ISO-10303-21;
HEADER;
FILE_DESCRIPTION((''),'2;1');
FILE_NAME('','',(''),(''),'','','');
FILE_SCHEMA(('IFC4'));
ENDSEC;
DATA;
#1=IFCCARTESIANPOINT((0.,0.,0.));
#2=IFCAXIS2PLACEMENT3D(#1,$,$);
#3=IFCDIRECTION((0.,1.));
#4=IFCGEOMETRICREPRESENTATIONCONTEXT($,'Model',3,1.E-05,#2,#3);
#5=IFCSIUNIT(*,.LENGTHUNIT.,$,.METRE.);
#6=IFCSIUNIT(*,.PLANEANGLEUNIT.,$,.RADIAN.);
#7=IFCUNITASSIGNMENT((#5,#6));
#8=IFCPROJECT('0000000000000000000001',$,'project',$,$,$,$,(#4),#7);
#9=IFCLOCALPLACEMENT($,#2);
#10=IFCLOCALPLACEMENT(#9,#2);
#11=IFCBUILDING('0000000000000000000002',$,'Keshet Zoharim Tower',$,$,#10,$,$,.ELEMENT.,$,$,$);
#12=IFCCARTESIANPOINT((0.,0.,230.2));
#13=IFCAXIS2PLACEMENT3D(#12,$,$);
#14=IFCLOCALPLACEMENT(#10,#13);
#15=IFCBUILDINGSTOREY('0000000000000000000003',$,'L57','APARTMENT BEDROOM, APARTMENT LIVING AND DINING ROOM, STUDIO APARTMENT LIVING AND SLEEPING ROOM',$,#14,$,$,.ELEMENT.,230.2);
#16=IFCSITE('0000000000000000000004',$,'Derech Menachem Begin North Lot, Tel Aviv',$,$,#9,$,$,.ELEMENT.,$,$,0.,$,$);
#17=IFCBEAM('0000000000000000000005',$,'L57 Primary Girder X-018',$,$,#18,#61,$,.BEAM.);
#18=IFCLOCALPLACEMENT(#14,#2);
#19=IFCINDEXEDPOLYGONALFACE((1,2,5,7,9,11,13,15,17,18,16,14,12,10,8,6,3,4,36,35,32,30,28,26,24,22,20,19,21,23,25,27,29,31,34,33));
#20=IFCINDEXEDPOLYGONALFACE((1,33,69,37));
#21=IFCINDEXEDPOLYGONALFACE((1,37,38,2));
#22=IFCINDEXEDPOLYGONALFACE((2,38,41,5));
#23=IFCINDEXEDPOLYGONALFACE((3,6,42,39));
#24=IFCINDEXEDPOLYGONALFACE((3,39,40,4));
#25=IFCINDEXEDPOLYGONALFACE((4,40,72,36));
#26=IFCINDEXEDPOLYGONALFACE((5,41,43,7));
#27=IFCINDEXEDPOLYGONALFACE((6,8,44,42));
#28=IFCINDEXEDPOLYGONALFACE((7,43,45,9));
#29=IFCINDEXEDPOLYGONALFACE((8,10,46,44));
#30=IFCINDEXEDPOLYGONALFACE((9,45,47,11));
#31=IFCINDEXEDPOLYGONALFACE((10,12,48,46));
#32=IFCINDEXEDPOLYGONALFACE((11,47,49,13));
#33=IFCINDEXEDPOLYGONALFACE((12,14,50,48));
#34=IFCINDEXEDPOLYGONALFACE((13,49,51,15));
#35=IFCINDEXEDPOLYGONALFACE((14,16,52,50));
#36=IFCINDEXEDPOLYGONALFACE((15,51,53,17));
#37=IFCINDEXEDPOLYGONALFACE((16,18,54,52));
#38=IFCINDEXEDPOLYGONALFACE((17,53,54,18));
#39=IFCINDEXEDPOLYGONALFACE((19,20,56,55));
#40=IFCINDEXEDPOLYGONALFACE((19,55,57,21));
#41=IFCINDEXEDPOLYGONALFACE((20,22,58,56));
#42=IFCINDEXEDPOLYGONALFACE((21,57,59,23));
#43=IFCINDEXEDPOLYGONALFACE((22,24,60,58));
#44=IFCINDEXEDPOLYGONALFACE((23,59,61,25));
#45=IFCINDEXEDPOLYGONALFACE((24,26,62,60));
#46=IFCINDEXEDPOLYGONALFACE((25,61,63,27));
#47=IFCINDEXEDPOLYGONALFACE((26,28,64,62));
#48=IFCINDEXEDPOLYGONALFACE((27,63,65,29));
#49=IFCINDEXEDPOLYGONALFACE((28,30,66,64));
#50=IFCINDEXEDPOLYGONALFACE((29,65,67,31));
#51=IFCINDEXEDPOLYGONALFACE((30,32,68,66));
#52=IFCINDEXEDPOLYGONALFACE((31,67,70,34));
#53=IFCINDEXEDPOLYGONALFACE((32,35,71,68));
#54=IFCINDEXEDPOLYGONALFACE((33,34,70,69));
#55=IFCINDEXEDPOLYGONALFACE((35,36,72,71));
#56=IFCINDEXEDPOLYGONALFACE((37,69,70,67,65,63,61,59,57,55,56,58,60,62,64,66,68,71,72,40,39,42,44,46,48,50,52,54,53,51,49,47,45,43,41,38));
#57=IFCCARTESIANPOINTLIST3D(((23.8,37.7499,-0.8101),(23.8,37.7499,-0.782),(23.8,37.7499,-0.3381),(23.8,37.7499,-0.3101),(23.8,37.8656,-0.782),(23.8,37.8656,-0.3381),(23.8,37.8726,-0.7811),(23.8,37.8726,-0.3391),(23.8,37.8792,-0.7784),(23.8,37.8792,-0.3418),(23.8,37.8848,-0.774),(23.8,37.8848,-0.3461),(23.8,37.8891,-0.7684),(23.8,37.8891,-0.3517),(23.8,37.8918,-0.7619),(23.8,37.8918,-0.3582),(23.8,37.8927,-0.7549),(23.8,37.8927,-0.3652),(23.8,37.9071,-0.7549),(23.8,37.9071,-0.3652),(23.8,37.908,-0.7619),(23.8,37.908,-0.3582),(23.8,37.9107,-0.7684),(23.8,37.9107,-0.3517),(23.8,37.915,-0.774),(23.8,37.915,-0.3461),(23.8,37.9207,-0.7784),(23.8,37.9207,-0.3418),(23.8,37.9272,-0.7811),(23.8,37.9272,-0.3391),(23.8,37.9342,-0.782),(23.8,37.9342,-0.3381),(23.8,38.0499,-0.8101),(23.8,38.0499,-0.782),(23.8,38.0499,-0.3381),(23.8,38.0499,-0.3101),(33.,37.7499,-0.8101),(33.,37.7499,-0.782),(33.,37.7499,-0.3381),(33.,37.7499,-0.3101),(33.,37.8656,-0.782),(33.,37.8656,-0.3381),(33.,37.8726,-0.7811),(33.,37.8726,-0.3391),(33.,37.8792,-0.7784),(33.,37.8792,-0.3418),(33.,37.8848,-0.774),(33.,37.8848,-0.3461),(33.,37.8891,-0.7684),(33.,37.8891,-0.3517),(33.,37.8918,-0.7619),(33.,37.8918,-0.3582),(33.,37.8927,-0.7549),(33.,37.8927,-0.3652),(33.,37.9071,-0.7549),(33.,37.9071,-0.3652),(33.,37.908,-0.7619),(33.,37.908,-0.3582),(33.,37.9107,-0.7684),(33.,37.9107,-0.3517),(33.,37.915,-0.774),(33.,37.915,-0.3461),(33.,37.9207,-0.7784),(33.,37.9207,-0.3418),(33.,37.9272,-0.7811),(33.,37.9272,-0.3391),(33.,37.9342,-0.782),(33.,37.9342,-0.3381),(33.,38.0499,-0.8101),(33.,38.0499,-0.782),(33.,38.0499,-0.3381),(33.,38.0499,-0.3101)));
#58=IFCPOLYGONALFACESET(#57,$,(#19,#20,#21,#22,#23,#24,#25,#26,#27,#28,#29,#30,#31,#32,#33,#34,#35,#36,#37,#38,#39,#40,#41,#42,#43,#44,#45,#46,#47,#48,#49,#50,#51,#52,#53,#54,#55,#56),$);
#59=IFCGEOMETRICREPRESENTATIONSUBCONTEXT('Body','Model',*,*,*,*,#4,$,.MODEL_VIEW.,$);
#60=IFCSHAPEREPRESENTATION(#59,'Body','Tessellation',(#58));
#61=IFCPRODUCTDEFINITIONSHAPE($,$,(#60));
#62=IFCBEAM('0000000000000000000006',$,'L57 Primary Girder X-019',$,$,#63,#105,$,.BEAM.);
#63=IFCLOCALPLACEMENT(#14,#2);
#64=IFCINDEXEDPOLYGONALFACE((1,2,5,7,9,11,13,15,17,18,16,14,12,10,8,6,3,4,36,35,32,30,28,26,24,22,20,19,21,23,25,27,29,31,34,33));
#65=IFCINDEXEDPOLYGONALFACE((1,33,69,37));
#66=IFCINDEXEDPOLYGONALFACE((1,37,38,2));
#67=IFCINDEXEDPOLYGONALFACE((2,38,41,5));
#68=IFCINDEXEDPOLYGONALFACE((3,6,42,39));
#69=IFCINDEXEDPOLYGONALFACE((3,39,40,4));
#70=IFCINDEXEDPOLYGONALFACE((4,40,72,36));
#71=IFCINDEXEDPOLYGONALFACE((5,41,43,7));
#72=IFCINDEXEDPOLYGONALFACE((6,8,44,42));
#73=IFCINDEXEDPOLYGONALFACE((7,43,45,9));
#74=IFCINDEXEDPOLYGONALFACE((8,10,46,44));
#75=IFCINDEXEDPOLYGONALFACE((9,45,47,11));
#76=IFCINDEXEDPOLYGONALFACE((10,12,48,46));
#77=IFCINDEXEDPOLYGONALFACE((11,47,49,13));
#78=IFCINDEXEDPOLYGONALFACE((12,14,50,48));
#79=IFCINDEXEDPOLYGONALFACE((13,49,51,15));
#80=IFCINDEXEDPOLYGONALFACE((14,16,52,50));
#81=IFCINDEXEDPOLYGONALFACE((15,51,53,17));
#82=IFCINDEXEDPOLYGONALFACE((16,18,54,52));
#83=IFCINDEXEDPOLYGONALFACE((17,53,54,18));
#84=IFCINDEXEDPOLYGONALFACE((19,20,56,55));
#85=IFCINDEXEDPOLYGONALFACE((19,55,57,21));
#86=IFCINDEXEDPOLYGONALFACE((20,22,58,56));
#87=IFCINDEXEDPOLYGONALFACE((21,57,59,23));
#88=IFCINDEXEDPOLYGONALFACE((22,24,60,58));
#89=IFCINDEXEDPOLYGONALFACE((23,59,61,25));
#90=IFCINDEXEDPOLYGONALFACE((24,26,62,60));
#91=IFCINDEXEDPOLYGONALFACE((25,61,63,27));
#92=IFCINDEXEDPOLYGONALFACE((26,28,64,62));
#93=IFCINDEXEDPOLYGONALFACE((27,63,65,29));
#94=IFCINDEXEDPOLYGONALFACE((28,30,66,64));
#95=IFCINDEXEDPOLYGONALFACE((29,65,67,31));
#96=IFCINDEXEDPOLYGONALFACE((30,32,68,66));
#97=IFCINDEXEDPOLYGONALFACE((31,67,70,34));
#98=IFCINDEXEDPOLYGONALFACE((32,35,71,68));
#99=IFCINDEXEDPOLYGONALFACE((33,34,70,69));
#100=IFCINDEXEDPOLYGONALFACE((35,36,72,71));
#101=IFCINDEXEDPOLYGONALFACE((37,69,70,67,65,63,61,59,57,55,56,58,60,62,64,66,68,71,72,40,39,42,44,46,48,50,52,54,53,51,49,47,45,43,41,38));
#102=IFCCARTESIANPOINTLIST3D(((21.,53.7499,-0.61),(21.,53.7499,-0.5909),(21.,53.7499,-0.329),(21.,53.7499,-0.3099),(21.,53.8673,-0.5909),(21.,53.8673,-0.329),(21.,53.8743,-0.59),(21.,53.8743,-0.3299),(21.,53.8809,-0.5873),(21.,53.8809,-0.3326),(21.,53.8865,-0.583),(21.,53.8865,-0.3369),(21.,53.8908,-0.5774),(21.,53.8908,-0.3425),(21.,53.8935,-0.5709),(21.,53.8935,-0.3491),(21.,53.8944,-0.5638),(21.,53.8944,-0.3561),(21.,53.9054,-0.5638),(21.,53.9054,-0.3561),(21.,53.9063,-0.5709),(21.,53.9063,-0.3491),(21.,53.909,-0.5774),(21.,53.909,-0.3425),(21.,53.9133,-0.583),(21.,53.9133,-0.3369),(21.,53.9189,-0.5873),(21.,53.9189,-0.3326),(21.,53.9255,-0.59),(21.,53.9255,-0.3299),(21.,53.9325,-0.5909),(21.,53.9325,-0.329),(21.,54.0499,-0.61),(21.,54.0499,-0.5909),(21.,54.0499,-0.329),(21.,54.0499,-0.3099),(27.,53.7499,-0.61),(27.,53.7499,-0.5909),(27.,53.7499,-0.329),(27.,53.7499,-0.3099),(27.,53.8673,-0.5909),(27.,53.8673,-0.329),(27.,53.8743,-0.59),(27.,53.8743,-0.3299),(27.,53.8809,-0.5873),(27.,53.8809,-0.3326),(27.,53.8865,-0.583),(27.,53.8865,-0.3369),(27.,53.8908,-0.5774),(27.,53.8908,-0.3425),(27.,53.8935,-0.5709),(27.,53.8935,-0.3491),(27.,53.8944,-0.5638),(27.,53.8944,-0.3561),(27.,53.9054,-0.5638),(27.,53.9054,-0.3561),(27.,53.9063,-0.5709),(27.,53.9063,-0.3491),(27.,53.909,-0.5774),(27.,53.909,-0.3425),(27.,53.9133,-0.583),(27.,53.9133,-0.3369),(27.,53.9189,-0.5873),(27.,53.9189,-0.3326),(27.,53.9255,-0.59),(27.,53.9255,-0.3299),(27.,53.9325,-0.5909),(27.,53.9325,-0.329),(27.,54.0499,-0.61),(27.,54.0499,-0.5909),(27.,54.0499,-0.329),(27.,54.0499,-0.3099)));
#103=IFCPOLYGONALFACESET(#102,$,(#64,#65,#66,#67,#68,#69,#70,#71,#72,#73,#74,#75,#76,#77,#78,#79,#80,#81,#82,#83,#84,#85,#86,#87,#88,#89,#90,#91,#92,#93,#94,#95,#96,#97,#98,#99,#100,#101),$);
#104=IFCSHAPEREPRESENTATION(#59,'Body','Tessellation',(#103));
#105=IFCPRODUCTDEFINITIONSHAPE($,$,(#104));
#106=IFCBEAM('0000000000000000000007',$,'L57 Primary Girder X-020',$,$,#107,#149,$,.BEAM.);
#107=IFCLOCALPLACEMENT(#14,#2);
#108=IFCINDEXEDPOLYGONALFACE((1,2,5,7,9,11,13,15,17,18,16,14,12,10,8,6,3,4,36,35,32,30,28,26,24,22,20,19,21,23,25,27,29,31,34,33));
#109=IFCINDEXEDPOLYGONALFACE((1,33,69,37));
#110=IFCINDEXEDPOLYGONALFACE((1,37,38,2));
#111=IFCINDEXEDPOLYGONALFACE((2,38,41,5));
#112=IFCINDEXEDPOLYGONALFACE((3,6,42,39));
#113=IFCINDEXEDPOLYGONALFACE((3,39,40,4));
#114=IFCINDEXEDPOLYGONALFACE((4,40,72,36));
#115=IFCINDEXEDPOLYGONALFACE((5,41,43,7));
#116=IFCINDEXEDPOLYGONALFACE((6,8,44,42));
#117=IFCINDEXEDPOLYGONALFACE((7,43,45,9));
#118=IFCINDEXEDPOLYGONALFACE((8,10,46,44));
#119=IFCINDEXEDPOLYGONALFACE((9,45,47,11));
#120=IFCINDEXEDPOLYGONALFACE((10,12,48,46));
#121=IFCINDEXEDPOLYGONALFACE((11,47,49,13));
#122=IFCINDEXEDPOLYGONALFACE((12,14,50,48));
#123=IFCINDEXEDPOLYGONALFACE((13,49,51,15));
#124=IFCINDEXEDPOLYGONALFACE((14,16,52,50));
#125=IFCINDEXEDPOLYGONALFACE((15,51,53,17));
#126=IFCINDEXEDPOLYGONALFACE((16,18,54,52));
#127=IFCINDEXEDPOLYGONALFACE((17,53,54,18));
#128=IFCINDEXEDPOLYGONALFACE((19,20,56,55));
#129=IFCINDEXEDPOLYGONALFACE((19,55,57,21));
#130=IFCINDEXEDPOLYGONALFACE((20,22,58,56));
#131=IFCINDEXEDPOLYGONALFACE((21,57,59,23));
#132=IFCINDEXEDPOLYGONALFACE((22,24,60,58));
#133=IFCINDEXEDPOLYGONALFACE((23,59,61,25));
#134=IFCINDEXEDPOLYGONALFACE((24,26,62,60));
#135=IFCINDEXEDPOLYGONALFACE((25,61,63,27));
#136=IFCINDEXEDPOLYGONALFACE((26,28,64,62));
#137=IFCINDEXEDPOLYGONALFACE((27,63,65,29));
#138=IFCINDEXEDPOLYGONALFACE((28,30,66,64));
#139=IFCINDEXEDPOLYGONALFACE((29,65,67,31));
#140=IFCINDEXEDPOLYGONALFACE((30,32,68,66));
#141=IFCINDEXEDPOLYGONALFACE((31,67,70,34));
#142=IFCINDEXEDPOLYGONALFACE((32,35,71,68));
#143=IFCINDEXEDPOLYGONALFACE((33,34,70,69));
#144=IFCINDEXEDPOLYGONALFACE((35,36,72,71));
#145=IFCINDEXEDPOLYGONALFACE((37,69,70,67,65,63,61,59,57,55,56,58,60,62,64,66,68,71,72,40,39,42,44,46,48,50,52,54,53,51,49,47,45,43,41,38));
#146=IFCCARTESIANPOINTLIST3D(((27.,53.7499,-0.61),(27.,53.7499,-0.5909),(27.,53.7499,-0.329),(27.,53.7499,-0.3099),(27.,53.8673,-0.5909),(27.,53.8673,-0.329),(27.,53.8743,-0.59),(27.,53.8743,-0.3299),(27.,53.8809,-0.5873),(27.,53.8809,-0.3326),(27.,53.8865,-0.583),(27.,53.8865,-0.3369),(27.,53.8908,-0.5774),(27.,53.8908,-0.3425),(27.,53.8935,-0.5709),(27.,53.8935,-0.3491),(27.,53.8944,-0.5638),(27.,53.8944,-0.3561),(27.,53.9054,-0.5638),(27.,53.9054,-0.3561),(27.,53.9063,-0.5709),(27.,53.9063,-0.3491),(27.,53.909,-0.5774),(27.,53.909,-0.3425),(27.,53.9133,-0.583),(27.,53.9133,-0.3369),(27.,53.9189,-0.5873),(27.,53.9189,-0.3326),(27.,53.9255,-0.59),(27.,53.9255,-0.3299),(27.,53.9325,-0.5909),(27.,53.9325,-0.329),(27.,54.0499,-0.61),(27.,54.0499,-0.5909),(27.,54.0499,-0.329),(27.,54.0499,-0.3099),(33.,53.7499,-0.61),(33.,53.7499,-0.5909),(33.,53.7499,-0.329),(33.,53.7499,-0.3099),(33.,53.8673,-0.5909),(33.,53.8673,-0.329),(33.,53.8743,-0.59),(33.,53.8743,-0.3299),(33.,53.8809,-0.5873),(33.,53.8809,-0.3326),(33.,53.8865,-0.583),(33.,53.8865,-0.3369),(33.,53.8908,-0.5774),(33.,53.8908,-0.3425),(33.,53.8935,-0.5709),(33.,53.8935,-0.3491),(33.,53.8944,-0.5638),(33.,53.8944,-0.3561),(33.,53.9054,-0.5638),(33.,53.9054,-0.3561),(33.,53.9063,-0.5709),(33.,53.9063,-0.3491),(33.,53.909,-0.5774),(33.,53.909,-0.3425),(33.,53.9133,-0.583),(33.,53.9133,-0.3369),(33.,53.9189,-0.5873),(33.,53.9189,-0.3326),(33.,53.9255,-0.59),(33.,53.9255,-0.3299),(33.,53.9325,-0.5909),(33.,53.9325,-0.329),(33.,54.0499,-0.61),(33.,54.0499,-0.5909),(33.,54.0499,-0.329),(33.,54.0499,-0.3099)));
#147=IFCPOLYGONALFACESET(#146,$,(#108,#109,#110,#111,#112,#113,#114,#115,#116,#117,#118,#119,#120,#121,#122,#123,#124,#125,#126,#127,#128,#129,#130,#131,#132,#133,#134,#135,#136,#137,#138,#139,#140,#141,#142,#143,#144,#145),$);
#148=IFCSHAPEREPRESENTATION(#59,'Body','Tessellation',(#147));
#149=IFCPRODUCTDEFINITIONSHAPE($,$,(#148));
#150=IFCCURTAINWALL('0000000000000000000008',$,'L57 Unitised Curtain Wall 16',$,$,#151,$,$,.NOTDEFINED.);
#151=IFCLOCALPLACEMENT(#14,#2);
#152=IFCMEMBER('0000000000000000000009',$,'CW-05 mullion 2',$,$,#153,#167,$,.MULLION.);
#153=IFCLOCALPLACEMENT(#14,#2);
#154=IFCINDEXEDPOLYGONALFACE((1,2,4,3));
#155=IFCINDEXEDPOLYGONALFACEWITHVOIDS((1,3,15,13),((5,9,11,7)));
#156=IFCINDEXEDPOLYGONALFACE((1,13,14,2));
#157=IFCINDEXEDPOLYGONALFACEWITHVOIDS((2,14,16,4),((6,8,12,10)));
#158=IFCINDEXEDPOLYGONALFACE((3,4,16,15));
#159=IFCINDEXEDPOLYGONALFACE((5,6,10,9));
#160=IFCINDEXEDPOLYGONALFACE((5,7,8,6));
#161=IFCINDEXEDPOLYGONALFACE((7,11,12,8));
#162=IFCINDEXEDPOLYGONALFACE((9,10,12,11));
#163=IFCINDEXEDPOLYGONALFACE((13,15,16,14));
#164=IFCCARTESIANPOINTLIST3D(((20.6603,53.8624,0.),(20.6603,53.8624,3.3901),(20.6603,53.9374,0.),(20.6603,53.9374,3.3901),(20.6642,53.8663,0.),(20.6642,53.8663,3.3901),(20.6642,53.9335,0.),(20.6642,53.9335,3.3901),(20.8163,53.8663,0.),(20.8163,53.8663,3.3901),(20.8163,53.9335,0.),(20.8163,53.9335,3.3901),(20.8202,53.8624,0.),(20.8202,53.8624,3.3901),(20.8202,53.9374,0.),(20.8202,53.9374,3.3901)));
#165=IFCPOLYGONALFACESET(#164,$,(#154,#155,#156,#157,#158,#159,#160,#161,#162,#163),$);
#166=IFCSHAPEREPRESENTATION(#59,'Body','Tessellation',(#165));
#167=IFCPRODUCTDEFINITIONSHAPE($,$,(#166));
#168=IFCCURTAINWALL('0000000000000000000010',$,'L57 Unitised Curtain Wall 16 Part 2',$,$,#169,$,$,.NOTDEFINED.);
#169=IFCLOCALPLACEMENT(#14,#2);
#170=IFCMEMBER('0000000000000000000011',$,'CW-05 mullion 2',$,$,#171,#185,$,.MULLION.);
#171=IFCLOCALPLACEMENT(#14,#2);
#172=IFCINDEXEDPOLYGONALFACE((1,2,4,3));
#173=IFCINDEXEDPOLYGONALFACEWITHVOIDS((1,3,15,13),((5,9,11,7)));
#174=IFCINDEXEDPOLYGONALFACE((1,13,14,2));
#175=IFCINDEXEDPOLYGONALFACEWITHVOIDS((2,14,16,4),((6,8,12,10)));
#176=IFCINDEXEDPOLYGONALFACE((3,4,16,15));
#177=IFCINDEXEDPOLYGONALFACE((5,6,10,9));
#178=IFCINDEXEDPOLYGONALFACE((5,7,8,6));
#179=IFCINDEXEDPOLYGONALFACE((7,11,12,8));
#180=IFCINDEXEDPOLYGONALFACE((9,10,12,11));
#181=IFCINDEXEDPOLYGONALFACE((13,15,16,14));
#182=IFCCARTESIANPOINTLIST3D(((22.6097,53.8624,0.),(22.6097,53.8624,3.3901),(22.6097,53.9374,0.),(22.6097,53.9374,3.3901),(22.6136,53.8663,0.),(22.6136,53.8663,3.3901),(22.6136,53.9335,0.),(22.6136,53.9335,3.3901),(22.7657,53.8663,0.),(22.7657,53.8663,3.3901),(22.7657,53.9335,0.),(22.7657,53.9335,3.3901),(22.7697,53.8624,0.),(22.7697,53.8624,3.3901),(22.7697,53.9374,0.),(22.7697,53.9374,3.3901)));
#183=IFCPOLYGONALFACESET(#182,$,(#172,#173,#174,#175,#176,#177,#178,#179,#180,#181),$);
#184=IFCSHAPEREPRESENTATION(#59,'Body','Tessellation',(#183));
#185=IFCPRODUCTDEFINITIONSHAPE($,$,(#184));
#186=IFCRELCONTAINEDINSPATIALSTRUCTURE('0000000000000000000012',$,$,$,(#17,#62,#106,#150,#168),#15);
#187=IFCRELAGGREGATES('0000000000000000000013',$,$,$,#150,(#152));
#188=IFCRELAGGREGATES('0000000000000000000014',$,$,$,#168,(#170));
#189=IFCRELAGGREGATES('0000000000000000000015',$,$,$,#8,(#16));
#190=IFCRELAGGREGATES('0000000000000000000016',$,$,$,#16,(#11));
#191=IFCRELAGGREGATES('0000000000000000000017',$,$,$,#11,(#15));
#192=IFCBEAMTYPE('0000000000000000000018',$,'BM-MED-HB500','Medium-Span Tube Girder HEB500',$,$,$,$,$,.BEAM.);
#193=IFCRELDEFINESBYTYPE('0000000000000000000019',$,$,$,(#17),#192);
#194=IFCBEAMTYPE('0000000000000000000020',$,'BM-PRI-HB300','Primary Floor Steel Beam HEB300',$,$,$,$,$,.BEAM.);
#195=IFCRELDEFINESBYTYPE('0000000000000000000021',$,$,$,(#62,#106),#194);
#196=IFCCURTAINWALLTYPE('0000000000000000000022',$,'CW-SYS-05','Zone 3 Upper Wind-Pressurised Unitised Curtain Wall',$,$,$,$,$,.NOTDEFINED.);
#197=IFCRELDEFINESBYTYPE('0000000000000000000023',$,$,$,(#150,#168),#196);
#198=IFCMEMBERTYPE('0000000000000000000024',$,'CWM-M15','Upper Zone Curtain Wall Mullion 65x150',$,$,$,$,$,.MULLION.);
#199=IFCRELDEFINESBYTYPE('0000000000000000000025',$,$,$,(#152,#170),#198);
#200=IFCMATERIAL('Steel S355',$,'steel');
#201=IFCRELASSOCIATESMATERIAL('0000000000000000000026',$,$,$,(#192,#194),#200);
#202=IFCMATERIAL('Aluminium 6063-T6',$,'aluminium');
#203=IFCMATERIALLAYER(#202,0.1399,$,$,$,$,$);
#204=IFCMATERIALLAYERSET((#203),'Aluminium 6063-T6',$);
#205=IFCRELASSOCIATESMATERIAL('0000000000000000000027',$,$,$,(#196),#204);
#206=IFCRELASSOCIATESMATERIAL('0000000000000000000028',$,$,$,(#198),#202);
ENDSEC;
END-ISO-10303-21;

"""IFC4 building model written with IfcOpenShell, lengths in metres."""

from ifc_helpers import new_model, si_unit, direction, frame, origin, origin_2d, place, context, subcontext, project, spatial, hollow_rectangle, i_section, extrude, material, layer, layer_set, material_profile, profile_set, type_object, element, aggregate, save


model = new_model("IFC4")

# Units and contexts
model_context = context("Model", 3, precision=1e-05, world=origin(), true_north=direction((0.0, 1.0)))
body_context = subcontext(model_context, "Body", "Model", "MODEL_VIEW")
ifc_project = project(units=[si_unit("LENGTHUNIT", "METRE"), si_unit("PLANEANGLEUNIT", "RADIAN")], contexts=[model_context])

# Site, building, storey
site_placement = place(None, origin())
site = spatial("IfcSite", under=ifc_project, at=site_placement, Name="Derech Menachem Begin North Lot, Tel Aviv", CompositionType="ELEMENT", RefElevation=0.0)
building_placement = place(site_placement, origin())
building = spatial("IfcBuilding", under=site, at=building_placement, Name="Keshet Zoharim Tower", CompositionType="ELEMENT")
storey_placement = place(building_placement, frame((0.0, 0.0, 230.2)))
storey = spatial("IfcBuildingStorey", under=building, at=storey_placement, Name="L57", Description="APARTMENT BEDROOM, APARTMENT LIVING AND DINING ROOM, STUDIO APARTMENT LIVING AND SLEEPING ROOM", CompositionType="ELEMENT", Elevation=230.2)

# Shared definitions
ifc_material_1 = material(Name="Steel S355", Category="steel")

# Beams
ifc_material_profile_1 = material_profile(ifc_material_1, i_section(OverallWidth=0.3, OverallDepth=0.5, WebThickness=0.0144, FlangeThickness=0.0281, FilletRadius=0.0271, at=origin_2d()), Name="HEB500")
ifc_profile_set_1 = profile_set([ifc_material_profile_1], Name="Steel S355")
beam_type_1 = type_object("IfcBeamType", Name="BM-MED-HB500", Description="Medium-Span Tube Girder HEB500", PredefinedType="BEAM", material=ifc_profile_set_1)
beam_placement = place(storey_placement, frame((23.8, 37.8999, -0.5601), z_axis=(1.0, 0.0, 0.0), x_axis=(0.0, 1.0, 0.0)))
element("IfcBeam", 1, at=beam_placement, inside=storey, type_object=beam_type_1, Name="L57 Primary Girder X-018", PredefinedType="BEAM", context=body_context, shape_type="SweptSolid", body=[
    extrude(i_section(OverallWidth=0.3, OverallDepth=0.5, WebThickness=0.0144, FlangeThickness=0.0281, FilletRadius=0.0271, at=origin_2d()), origin(), (0.0, 0.0, 1.0), 9.2),
])
ifc_material_profile_2 = material_profile(ifc_material_1, i_section(OverallWidth=0.3, OverallDepth=0.3, WebThickness=0.011, FlangeThickness=0.019, FilletRadius=0.0271, at=origin_2d()), Name="HEB300")
ifc_profile_set_2 = profile_set([ifc_material_profile_2], Name="Steel S355")
beam_type_2 = type_object("IfcBeamType", Name="BM-PRI-HB300", Description="Primary Floor Steel Beam HEB300", PredefinedType="BEAM", material=ifc_profile_set_2)
for number, where, z_axis, x_axis, name in (
    (2, (21.0, 53.8999, -0.46), (1.0, 0.0, 0.0), (0.0, 1.0, 0.0), "L57 Primary Girder X-019"),
    (3, (27.0, 53.8999, -0.46), (1.0, 0.0, 0.0), (0.0, 1.0, 0.0), "L57 Primary Girder X-020"),
):
    element("IfcBeam", number, at=place(storey_placement, frame(where, z_axis=z_axis, x_axis=x_axis)), inside=storey, type_object=beam_type_2, Name=name, PredefinedType="BEAM", context=body_context, shape_type="SweptSolid", body=[
        extrude(i_section(OverallWidth=0.3, OverallDepth=0.3, WebThickness=0.011, FlangeThickness=0.019, FilletRadius=0.0271, at=origin_2d()), origin(), (0.0, 0.0, 1.0), 6.0),
    ])

# Curtain wall, member
ifc_material_2 = material(Name="Aluminium 6063-T6", Category="aluminium")
ifc_layer_1 = layer(ifc_material_2, 0.1399)
ifc_layer_set_1 = layer_set([ifc_layer_1], Name="Aluminium 6063-T6")
curtain_wall_type = type_object("IfcCurtainWallType", Name="CW-SYS-05", Description="Zone 3 Upper Wind-Pressurised Unitised Curtain Wall", PredefinedType="NOTDEFINED", material=ifc_layer_set_1)
curtain_wall_1_placement = place(storey_placement, origin())
curtain_wall_1 = element("IfcCurtainWall", 4, at=curtain_wall_1_placement, inside=storey, type_object=curtain_wall_type, Name="L57 Unitised Curtain Wall 16", PredefinedType="NOTDEFINED")
ifc_material_profile_3 = material_profile(ifc_material_2, hollow_rectangle(XDim=0.075, YDim=0.1599, WallThickness=0.0039, at=origin_2d()), Name="MUL-75x160")
ifc_profile_set_3 = profile_set([ifc_material_profile_3], Name="Aluminium 6063-T6")
member_type_1 = type_object("IfcMemberType", Name="CWM-M15", Description="Upper Zone Curtain Wall Mullion 65x150", PredefinedType="MULLION", material=ifc_profile_set_3)
member_1_placement = place(storey_placement, frame((20.7402, 53.8999, 0.0), z_axis=(0.0, 0.0, 1.0), x_axis=(0.0, 1.0, 0.0)))
member_1 = element("IfcMember", 5, at=member_1_placement, type_object=member_type_1, Name="CW-05 mullion 2", PredefinedType="MULLION", context=body_context, shape_type="SweptSolid", body=[
    extrude(hollow_rectangle(XDim=0.075, YDim=0.1599, WallThickness=0.0039, at=origin_2d()), origin(), (0.0, 0.0, 1.0), 3.3901),
])

# Curtain wall, member
curtain_wall_2_placement = place(storey_placement, origin())
curtain_wall_2 = element("IfcCurtainWall", 6, at=curtain_wall_2_placement, inside=storey, type_object=curtain_wall_type, Name="L57 Unitised Curtain Wall 16 Part 2", PredefinedType="NOTDEFINED")
member_2_placement = place(storey_placement, frame((22.6897, 53.8999, 0.0), z_axis=(0.0, 0.0, 1.0), x_axis=(0.0, 1.0, 0.0)))
member_2 = element("IfcMember", 7, at=member_2_placement, type_object=member_type_1, Name="CW-05 mullion 2", PredefinedType="MULLION", context=body_context, shape_type="SweptSolid", body=[
    extrude(hollow_rectangle(XDim=0.075, YDim=0.1599, WallThickness=0.0039, at=origin_2d()), origin(), (0.0, 0.0, 1.0), 3.3901),
])

aggregate(curtain_wall_1, [member_1])
aggregate(curtain_wall_2, [member_2])

save(model, "model.ifc")
